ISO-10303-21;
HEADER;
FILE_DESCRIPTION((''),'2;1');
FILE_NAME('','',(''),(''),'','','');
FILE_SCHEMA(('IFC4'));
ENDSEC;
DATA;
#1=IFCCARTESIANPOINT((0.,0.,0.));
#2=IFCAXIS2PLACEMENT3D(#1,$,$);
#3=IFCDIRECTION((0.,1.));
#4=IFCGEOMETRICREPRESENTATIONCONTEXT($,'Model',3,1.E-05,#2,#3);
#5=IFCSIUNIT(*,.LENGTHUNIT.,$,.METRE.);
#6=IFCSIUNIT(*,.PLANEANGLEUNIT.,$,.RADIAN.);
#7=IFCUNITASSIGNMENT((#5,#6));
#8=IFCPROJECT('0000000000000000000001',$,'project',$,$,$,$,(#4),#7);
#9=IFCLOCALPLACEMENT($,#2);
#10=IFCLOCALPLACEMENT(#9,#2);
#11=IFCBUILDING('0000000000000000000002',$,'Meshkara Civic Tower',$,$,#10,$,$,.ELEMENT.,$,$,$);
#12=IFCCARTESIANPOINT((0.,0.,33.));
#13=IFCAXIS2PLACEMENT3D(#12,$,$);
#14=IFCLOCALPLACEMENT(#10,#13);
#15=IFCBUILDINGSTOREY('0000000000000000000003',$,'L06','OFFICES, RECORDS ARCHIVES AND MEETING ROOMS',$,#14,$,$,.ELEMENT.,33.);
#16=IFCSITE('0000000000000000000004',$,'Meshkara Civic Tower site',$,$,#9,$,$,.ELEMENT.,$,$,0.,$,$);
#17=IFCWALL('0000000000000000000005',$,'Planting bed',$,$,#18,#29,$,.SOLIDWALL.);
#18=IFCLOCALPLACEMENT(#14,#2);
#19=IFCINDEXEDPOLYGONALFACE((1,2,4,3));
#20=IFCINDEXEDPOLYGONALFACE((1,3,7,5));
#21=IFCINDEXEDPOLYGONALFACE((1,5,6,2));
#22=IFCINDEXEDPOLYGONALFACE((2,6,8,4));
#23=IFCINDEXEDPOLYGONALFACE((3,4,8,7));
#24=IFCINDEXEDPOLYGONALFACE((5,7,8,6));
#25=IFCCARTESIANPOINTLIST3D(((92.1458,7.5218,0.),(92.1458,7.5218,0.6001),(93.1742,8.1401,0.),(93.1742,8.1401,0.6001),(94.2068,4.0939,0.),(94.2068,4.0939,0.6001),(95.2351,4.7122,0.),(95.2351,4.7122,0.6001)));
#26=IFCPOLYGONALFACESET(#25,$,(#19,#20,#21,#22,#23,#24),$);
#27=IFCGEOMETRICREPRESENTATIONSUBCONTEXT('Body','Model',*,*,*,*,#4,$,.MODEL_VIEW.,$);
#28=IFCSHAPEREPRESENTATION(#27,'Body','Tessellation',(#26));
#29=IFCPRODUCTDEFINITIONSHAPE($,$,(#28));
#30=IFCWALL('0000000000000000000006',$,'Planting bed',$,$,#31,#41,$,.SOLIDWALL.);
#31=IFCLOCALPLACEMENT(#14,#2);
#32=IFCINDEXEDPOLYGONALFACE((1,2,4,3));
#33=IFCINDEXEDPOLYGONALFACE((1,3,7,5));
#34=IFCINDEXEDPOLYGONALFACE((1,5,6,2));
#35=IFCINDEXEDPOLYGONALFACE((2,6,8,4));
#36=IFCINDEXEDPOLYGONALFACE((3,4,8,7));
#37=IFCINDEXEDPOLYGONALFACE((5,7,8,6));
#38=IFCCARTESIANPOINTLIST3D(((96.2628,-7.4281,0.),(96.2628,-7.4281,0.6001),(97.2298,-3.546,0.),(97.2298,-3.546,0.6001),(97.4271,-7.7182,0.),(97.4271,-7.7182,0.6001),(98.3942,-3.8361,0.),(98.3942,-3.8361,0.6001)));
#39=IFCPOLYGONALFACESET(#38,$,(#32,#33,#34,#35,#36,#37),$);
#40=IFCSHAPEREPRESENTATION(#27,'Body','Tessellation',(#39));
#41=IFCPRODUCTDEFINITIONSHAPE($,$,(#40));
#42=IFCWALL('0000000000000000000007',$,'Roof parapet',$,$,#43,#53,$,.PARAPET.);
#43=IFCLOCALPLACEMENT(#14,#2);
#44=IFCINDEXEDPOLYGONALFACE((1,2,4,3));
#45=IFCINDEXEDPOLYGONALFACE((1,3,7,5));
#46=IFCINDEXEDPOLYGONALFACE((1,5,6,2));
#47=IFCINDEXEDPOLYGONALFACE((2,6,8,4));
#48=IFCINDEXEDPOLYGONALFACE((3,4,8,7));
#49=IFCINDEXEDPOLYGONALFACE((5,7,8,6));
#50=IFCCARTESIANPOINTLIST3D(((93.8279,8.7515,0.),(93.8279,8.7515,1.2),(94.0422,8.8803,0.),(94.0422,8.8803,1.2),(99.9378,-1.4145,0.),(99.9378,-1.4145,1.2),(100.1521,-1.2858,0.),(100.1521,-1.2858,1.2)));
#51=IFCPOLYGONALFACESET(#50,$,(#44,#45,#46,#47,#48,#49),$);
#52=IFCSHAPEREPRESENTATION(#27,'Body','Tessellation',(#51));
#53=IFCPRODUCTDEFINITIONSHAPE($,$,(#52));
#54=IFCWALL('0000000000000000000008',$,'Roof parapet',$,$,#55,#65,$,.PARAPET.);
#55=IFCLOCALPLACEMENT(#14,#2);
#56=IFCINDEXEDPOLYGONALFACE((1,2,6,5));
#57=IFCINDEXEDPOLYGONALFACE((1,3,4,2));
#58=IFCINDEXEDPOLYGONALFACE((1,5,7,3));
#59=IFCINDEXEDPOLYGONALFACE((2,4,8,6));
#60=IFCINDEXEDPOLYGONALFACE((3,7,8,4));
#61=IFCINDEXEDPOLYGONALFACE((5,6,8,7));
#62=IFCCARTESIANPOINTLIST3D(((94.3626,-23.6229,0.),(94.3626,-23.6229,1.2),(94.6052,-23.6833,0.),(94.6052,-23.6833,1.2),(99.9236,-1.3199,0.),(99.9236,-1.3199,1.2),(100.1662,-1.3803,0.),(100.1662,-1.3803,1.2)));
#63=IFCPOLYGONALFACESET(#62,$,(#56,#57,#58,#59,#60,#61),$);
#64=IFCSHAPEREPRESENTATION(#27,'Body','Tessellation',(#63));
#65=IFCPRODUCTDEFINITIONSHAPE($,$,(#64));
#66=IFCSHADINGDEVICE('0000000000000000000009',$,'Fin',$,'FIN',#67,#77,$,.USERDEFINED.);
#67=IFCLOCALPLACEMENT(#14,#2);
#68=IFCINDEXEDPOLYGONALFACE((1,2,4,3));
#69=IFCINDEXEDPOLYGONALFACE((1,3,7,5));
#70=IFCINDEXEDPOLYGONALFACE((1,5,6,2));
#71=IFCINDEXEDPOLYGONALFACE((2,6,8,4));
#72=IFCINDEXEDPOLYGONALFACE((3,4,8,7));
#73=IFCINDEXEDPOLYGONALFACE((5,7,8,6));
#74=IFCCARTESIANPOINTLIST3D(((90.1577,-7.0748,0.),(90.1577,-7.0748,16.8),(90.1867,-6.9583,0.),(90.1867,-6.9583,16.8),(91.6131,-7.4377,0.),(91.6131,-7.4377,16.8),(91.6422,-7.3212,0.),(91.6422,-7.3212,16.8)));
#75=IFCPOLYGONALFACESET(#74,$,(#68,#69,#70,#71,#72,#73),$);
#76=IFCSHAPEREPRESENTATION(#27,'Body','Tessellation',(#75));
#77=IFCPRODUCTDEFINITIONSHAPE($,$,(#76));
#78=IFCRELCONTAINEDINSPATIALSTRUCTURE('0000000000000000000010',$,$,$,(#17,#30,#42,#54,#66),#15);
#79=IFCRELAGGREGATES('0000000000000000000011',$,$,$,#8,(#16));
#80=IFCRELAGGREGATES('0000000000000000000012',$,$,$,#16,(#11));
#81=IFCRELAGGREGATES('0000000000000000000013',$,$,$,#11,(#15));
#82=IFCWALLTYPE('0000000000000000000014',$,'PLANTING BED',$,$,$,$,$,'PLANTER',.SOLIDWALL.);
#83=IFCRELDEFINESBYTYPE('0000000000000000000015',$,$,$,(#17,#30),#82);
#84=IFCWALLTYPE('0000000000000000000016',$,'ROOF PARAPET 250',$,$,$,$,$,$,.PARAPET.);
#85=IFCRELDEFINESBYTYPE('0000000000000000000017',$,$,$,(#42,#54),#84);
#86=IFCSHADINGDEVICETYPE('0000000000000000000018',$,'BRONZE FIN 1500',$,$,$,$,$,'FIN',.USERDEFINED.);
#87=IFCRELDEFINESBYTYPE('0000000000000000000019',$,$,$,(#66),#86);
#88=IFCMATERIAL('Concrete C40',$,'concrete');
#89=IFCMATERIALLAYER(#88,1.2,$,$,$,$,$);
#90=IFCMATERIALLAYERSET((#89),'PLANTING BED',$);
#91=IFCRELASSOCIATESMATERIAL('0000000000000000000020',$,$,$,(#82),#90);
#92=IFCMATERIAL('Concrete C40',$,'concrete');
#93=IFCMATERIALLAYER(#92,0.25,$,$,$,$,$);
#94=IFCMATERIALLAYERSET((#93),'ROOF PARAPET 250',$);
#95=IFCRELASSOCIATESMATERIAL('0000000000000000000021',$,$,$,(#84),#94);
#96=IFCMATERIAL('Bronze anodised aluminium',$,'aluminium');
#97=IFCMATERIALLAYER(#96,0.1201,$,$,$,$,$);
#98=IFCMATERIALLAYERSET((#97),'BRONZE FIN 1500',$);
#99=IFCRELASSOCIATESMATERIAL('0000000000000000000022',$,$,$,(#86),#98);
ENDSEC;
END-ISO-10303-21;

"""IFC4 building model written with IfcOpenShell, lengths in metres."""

from ifc_helpers import new_model, si_unit, direction, frame, frame_2d, origin, origin_2d, place, context, subcontext, project, spatial, rectangle, extrude, material, layer, layer_set, type_object, element, save


model = new_model("IFC4")

# Units and contexts
model_context = context("Model", 3, precision=1e-05, world=origin(), true_north=direction((0.0, 1.0)))
body_context = subcontext(model_context, "Body", "Model", "MODEL_VIEW")
ifc_project = project(units=[si_unit("LENGTHUNIT", "METRE"), si_unit("PLANEANGLEUNIT", "RADIAN")], contexts=[model_context])

# Site, building, storey
site_placement = place(None, origin())
site = spatial("IfcSite", under=ifc_project, at=site_placement, Name="Meshkara Civic Tower site", CompositionType="ELEMENT", RefElevation=0.0)
building_placement = place(site_placement, origin())
building = spatial("IfcBuilding", under=site, at=building_placement, Name="Meshkara Civic Tower", CompositionType="ELEMENT")
storey_placement = place(building_placement, frame((0.0, 0.0, 33.0)))
storey = spatial("IfcBuildingStorey", under=building, at=storey_placement, Name="L06", Description="OFFICES, RECORDS ARCHIVES AND MEETING ROOMS", CompositionType="ELEMENT", Elevation=33.0)

# Walls
ifc_material_1 = material(Name="Concrete C40", Category="concrete")
ifc_layer_1 = layer(ifc_material_1, 1.2)
ifc_layer_set_1 = layer_set([ifc_layer_1], Name="PLANTING BED")
wall_type_1 = type_object("IfcWallType", Name="PLANTING BED", ElementType="PLANTER", PredefinedType="SOLIDWALL", material=ifc_layer_set_1)
wall_1_placement = place(storey_placement, frame((92.6599, 7.8311, 0.0), z_axis=(0.0, 0.0, 1.0), x_axis=(0.515276, -0.857024, 0.0)))
element("IfcWall", 1, at=wall_1_placement, inside=storey, type_object=wall_type_1, Name="Planting bed", PredefinedType="SOLIDWALL", context=body_context, shape_type="SweptSolid", body=[
    extrude(rectangle(XDim=3.9998, YDim=1.2, at=frame_2d((2.0, 0.0))), origin(), (0.0, 0.0, 1.0), 0.6001),
])
wall_2_placement = place(storey_placement, frame((97.812, -3.6909, 0.0), z_axis=(0.0, 0.0, 1.0), x_axis=(-0.241717, -0.970347, 0.0)))
element("IfcWall", 2, at=wall_2_placement, inside=storey, type_object=wall_type_1, Name="Planting bed", PredefinedType="SOLIDWALL", context=body_context, shape_type="SweptSolid", body=[
    extrude(rectangle(XDim=4.0007, YDim=1.2, at=frame_2d((2.0005, 0.0))), origin(), (0.0, 0.0, 1.0), 0.6001),
])
ifc_material_2 = material(Name="Concrete C40", Category="concrete")
ifc_layer_2 = layer(ifc_material_2, 0.25)
ifc_layer_set_2 = layer_set([ifc_layer_2], Name="ROOF PARAPET 250")
wall_type_2 = type_object("IfcWallType", Name="ROOF PARAPET 250", PredefinedType="PARAPET", material=ifc_layer_set_2)
wall_3_placement = place(storey_placement, frame((93.9351, 8.8159, 0.0), z_axis=(0.0, 0.0, 1.0), x_axis=(0.515131, -0.857111, 0.0)))
element("IfcWall", 3, at=wall_3_placement, inside=storey, type_object=wall_type_2, Name="Roof parapet", PredefinedType="PARAPET", context=body_context, shape_type="SweptSolid", body=[
    extrude(rectangle(XDim=11.8608, YDim=0.25, at=frame_2d((5.9304, 0.0))), origin(), (0.0, 0.0, 1.0), 1.2),
])
wall_4_placement = place(storey_placement, frame((100.0449, -1.3501, 0.0), z_axis=(0.0, 0.0, 1.0), x_axis=(-0.241933, -0.970293, 0.0)))
element("IfcWall", 4, at=wall_4_placement, inside=storey, type_object=wall_type_2, Name="Roof parapet", PredefinedType="PARAPET", context=body_context, shape_type="SweptSolid", body=[
    extrude(rectangle(XDim=22.9858, YDim=0.25, at=frame_2d((11.4929, 0.0))), origin(), (0.0, 0.0, 1.0), 1.2),
])

# Shading device
ifc_material_3 = material(Name="Bronze anodised aluminium", Category="aluminium")
ifc_layer_3 = layer(ifc_material_3, 0.1201)
ifc_layer_set_3 = layer_set([ifc_layer_3], Name="BRONZE FIN 1500")
shading_device_type = type_object("IfcShadingDeviceType", Name="BRONZE FIN 1500", ElementType="FIN", PredefinedType="USERDEFINED", material=ifc_layer_set_3)
shading_device_placement = place(storey_placement, frame((90.8999, -7.198, 0.0), z_axis=(0.0, 0.0, 1.0), x_axis=(0.241922, 0.970296, 0.0)))
element("IfcShadingDevice", 5, at=shading_device_placement, inside=storey, type_object=shading_device_type, Name="Fin", ObjectType="FIN", PredefinedType="USERDEFINED", context=body_context, shape_type="SweptSolid", body=[
    extrude(rectangle(XDim=0.1201, YDim=1.5, at=origin_2d()), origin(), (0.0, 0.0, 1.0), 16.8),
])

save(model, "model.ifc")
